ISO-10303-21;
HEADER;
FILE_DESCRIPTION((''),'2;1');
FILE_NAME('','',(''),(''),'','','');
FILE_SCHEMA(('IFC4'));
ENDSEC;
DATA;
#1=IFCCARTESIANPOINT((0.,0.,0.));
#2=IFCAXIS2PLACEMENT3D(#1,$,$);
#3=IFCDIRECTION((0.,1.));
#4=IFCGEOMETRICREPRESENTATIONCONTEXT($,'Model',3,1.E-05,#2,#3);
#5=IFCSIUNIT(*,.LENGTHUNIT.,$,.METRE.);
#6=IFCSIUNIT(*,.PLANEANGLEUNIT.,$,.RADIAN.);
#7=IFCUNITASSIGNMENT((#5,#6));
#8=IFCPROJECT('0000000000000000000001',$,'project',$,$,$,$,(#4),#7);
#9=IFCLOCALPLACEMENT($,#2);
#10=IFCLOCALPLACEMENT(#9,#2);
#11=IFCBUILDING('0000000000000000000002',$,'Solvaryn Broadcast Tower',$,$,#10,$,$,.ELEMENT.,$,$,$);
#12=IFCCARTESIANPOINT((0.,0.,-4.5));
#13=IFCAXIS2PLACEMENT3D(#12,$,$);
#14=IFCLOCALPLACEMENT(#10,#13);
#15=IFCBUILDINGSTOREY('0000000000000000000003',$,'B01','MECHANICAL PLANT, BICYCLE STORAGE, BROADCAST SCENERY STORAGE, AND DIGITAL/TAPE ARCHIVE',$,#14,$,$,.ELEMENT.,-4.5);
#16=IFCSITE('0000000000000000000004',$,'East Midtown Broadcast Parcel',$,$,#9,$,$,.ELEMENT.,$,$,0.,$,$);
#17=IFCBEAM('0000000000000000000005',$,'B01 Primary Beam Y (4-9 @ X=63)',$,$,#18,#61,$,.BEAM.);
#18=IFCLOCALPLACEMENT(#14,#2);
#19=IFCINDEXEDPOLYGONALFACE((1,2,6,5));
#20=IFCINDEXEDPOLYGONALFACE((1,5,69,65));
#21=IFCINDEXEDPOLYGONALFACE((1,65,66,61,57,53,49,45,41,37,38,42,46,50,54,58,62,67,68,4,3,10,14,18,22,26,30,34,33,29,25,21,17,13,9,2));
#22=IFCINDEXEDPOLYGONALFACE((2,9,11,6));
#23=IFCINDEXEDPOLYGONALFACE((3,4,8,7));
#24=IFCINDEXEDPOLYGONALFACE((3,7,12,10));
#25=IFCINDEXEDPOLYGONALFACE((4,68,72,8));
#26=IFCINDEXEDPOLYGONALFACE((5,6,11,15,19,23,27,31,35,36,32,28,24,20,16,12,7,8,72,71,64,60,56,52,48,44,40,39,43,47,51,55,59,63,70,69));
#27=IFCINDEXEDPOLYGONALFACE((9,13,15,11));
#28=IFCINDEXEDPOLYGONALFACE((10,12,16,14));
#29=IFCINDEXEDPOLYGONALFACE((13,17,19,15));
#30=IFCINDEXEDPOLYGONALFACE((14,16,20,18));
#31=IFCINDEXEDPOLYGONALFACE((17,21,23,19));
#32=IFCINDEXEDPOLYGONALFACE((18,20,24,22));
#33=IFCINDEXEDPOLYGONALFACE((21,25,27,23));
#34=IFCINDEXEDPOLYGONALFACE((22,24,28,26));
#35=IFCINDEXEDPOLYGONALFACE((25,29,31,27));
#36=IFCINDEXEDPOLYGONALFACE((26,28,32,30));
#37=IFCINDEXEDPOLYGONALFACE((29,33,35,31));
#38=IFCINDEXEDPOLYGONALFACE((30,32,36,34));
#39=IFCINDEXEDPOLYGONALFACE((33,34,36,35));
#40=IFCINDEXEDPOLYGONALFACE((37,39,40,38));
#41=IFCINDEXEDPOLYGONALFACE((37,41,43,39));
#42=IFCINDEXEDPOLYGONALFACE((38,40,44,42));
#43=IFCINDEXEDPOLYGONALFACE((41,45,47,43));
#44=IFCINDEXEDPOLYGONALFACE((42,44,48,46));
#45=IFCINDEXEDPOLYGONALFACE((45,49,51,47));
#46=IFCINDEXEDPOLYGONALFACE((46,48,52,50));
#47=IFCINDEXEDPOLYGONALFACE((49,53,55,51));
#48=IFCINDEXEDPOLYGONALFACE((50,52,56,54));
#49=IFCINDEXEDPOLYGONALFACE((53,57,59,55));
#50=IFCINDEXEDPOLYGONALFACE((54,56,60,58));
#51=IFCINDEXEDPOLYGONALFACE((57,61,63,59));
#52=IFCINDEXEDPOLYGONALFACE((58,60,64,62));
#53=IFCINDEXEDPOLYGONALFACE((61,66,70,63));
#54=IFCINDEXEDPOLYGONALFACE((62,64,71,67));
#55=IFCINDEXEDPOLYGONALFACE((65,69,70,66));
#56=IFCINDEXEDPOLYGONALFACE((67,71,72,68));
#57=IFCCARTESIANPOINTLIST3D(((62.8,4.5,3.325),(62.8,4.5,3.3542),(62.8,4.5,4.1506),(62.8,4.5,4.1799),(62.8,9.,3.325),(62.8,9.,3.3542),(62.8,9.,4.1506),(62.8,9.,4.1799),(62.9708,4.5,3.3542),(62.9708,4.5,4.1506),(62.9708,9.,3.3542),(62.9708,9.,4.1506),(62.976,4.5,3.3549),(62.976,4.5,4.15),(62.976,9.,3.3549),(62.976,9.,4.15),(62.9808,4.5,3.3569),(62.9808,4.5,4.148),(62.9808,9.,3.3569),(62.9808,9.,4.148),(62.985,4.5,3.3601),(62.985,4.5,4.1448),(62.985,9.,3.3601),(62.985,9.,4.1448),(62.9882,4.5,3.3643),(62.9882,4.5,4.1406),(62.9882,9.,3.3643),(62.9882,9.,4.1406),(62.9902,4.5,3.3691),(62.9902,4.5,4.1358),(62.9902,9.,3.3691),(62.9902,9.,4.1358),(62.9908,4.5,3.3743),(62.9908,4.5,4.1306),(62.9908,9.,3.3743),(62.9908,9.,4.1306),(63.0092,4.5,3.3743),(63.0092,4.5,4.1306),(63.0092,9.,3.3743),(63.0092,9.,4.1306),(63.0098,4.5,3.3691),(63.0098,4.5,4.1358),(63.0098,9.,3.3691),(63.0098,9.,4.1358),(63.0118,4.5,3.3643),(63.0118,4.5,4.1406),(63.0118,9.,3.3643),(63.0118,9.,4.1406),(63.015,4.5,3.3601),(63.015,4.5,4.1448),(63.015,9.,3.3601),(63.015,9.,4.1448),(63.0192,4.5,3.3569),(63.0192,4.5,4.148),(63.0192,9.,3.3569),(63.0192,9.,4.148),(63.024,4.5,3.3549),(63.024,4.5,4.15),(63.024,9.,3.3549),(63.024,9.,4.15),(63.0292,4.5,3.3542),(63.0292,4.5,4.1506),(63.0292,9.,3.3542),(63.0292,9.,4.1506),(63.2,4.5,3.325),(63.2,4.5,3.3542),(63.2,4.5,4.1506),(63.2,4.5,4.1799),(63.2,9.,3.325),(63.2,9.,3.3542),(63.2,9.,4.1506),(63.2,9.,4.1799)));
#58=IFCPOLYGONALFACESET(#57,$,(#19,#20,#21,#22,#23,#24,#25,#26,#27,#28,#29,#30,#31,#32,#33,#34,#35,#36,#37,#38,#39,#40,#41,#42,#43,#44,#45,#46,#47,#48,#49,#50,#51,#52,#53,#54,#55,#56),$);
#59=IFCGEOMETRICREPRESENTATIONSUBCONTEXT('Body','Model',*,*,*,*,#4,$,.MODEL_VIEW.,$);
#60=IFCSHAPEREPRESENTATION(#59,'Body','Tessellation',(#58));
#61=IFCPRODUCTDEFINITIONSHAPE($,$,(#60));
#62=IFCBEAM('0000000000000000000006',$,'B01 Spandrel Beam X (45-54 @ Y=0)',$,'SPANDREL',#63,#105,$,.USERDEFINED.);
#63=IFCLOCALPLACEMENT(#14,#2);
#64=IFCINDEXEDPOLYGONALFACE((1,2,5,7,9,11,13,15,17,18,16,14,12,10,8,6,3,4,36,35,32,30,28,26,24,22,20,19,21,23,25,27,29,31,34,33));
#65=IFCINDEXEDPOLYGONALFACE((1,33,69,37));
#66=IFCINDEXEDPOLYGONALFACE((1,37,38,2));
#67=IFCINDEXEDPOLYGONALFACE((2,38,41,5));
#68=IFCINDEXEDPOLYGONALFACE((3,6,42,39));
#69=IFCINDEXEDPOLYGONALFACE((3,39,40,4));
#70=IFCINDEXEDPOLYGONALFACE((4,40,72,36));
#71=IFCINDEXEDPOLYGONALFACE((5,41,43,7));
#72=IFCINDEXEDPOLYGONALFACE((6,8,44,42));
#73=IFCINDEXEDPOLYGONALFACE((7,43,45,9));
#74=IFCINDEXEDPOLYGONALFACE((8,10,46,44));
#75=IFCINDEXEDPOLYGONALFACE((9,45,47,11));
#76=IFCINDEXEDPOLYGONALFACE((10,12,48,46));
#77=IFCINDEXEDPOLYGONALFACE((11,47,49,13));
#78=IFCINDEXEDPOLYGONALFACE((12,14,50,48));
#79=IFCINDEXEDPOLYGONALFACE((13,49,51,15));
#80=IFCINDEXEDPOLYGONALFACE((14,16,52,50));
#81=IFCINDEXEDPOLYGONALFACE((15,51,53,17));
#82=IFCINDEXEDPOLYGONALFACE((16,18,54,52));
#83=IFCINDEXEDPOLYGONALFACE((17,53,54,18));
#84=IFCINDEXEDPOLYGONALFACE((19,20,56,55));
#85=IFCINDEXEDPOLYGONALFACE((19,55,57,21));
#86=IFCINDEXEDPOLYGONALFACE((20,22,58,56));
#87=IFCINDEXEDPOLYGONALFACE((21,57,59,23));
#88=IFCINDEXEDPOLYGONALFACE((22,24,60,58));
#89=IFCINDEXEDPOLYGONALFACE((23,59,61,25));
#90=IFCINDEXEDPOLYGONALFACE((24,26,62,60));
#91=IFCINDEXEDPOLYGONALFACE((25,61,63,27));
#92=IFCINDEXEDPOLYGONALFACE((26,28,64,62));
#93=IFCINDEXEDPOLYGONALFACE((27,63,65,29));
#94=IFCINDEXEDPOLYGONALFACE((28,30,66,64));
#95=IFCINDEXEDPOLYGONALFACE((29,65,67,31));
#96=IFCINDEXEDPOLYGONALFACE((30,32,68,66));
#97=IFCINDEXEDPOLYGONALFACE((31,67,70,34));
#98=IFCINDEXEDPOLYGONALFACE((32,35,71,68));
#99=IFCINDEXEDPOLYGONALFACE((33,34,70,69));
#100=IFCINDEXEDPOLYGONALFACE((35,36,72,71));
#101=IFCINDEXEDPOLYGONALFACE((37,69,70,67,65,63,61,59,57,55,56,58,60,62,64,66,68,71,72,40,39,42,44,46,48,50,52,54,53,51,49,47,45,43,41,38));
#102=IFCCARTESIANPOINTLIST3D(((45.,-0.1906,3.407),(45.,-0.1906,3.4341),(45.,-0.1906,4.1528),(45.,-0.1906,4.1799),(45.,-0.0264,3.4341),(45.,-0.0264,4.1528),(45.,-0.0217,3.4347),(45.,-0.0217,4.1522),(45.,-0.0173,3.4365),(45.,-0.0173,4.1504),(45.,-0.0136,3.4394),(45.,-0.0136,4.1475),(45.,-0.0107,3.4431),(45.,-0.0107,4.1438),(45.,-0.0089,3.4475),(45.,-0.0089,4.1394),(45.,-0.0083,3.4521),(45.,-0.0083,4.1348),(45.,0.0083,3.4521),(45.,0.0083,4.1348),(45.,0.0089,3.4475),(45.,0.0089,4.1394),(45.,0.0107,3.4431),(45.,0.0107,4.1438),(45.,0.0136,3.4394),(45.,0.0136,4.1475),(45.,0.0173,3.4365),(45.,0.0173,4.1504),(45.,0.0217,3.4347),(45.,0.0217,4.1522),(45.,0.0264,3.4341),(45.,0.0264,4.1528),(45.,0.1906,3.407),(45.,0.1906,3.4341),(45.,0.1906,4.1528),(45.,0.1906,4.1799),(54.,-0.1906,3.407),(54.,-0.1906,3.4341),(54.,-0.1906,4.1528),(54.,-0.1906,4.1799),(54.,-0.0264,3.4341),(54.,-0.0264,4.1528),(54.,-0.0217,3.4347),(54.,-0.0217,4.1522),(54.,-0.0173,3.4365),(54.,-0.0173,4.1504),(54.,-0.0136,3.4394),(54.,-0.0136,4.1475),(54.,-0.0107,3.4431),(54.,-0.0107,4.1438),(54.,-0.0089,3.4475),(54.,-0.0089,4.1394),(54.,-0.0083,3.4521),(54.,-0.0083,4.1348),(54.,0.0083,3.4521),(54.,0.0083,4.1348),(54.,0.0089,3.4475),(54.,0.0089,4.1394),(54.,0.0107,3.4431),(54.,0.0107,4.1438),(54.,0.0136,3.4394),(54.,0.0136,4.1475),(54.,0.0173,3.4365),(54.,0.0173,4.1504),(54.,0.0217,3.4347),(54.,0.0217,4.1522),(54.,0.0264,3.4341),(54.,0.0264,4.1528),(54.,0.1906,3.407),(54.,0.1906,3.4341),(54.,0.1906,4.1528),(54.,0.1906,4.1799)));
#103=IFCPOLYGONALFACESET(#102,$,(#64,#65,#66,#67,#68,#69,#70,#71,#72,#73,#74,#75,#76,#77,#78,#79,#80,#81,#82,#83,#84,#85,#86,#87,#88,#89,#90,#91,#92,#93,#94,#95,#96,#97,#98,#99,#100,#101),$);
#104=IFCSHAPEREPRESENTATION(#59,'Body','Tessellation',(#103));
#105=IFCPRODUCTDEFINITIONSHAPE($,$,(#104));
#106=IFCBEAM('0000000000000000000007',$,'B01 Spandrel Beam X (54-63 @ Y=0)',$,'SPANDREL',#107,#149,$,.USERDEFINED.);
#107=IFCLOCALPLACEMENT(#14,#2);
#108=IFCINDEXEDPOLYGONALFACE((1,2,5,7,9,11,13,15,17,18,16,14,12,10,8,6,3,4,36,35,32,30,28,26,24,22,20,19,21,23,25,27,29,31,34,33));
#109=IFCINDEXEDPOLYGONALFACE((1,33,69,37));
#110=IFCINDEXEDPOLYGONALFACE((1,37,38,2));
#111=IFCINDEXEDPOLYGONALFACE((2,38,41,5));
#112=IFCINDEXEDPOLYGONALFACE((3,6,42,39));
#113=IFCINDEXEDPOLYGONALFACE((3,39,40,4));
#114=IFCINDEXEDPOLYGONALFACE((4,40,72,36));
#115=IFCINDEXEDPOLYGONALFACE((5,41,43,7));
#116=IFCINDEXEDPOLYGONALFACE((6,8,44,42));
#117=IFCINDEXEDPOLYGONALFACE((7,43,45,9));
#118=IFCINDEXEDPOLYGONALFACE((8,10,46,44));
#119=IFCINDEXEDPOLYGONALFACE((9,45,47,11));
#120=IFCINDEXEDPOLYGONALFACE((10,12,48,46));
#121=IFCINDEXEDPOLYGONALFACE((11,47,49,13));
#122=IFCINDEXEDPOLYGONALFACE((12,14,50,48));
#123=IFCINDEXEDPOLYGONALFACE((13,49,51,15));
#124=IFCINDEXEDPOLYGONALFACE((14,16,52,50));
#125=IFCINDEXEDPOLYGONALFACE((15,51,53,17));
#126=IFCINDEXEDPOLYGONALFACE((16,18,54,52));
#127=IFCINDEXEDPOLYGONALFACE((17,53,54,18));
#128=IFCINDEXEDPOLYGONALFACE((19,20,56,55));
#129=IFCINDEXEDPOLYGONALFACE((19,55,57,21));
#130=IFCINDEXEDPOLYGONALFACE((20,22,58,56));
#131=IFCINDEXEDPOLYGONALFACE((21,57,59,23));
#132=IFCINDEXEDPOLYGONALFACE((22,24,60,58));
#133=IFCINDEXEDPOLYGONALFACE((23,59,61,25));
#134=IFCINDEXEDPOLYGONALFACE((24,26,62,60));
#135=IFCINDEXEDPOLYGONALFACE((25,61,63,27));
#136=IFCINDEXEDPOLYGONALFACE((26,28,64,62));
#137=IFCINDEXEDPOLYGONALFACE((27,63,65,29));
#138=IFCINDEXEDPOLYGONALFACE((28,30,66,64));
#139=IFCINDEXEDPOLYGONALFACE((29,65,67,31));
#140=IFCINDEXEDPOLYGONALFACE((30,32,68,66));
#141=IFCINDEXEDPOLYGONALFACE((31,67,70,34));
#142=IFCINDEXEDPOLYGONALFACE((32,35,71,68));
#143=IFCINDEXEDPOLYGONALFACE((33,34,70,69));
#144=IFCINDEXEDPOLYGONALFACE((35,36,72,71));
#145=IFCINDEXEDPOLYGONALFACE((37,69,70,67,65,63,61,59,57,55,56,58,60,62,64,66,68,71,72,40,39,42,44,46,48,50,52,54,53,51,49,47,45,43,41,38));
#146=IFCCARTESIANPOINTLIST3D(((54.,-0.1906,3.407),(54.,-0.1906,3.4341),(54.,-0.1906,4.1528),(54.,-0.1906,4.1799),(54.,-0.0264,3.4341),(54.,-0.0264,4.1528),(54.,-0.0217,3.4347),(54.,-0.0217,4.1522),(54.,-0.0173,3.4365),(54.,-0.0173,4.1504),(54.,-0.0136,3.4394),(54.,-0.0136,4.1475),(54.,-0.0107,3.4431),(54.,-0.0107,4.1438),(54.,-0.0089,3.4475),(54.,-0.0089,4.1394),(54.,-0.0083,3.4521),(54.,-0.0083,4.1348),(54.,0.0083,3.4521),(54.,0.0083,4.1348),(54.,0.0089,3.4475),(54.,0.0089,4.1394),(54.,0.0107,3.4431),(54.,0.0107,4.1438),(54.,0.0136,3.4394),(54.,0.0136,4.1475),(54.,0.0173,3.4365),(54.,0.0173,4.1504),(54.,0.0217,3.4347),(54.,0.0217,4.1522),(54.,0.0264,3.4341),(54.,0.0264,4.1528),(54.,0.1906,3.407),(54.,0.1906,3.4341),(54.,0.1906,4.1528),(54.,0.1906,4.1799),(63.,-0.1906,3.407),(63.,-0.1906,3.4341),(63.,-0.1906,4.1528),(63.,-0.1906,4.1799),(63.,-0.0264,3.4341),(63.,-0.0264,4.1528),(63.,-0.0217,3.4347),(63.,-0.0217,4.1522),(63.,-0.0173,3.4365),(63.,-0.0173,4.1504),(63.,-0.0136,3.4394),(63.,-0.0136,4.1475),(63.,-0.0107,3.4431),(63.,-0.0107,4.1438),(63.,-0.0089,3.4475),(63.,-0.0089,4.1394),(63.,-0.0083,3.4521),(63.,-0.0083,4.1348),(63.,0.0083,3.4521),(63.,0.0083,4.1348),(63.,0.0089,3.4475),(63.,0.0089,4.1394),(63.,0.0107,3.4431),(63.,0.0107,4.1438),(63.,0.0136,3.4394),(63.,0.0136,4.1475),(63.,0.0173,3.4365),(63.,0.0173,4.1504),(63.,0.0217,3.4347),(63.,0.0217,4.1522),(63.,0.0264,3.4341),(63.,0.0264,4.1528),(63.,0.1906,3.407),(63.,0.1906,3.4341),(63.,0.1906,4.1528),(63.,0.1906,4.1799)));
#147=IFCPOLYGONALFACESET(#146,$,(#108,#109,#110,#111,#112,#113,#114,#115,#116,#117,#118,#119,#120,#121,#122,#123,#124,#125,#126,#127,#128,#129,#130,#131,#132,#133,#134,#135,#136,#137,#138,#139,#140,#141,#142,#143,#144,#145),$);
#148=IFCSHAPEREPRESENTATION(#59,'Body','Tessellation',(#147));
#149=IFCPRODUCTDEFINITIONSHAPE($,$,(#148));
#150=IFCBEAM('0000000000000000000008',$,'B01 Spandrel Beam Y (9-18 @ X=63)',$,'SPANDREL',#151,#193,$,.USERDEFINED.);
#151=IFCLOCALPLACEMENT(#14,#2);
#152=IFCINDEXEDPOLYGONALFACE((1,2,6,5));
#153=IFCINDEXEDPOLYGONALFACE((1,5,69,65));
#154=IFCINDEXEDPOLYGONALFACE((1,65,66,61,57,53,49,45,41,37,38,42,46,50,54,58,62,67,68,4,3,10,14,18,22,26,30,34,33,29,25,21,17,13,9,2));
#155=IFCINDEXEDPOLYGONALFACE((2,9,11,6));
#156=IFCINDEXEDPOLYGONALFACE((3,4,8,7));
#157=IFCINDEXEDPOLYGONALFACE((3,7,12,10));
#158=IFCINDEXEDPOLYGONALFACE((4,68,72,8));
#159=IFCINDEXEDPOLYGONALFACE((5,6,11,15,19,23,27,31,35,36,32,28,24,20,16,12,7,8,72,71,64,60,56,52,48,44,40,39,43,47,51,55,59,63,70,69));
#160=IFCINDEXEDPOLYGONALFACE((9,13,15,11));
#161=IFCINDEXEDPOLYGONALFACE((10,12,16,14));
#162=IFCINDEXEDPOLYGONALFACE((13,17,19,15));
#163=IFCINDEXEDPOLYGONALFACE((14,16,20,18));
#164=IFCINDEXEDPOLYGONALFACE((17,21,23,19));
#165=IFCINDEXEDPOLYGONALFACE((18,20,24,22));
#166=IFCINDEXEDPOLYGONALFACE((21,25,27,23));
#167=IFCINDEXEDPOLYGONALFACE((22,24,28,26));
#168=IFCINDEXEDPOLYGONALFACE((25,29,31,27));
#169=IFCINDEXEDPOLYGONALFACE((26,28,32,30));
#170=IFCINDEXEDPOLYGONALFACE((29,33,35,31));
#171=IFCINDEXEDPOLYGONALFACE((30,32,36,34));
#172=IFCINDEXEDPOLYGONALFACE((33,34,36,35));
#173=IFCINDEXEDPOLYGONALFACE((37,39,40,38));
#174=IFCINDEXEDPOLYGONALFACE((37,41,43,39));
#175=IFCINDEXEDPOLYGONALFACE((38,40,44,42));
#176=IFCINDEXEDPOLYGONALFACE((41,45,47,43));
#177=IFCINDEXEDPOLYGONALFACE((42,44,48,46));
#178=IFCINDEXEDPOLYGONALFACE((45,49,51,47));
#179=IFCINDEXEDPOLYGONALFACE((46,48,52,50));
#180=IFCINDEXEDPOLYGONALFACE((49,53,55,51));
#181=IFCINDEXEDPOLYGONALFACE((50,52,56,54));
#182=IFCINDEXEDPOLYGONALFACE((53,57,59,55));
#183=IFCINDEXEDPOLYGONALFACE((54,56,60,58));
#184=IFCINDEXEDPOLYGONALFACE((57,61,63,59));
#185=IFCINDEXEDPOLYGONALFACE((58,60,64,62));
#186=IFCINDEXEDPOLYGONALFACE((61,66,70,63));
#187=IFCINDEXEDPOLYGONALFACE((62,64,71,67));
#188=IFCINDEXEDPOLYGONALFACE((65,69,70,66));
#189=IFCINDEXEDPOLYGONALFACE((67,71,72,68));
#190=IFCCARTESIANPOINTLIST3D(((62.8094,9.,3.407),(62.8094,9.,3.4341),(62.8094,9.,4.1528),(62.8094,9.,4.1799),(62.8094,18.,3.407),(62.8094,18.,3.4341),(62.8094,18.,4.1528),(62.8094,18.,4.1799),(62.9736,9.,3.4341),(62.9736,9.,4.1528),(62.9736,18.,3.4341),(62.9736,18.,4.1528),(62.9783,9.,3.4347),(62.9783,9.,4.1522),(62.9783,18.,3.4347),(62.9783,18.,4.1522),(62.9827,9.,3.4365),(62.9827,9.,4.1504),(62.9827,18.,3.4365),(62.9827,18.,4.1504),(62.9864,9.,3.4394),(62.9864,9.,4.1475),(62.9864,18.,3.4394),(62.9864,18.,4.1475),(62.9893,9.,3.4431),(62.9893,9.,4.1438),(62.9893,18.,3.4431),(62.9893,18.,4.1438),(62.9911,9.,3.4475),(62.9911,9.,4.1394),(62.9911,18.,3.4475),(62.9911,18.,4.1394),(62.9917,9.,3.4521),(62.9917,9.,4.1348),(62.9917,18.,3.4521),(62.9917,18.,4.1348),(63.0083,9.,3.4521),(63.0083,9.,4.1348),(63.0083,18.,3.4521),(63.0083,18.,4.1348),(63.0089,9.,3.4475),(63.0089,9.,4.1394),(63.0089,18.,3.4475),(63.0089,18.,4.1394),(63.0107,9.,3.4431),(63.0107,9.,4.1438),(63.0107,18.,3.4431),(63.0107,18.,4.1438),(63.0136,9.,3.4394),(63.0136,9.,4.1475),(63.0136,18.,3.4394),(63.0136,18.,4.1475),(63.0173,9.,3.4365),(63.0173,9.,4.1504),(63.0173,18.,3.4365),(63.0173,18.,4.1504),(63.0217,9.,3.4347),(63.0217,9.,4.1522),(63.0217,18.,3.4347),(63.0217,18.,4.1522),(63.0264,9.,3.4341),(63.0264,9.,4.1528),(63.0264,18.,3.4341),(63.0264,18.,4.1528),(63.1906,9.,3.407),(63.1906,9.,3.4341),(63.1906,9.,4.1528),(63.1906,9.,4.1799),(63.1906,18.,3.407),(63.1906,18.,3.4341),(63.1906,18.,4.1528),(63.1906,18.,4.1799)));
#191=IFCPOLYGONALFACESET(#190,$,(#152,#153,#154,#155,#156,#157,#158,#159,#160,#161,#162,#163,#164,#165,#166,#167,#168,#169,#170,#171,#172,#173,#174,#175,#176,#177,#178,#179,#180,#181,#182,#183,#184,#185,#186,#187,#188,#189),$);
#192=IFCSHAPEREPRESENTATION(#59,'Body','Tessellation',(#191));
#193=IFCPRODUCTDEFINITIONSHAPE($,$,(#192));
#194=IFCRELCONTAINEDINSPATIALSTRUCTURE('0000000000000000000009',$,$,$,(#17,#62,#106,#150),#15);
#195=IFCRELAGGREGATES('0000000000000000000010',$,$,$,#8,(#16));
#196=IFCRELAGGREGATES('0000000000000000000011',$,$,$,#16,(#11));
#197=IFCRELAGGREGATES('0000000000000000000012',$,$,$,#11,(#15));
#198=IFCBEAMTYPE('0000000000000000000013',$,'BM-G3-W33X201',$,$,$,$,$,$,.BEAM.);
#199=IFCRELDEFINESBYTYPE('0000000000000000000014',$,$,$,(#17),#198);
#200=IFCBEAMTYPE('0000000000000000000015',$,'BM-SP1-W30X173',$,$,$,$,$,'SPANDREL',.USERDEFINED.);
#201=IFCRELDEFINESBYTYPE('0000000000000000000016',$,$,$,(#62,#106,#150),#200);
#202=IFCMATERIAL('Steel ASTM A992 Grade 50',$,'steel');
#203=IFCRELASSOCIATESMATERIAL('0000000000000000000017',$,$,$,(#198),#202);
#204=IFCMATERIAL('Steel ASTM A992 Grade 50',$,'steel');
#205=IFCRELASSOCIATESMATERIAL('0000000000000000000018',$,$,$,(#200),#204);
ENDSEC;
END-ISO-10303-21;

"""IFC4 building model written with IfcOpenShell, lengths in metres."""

from ifc_helpers import new_model, si_unit, direction, frame, origin, origin_2d, place, context, subcontext, project, spatial, i_section, extrude, material, material_profile, profile_set, type_object, element, save


model = new_model("IFC4")

# Units and contexts
model_context = context("Model", 3, precision=1e-05, world=origin(), true_north=direction((0.0, 1.0)))
body_context = subcontext(model_context, "Body", "Model", "MODEL_VIEW")
ifc_project = project(units=[si_unit("LENGTHUNIT", "METRE"), si_unit("PLANEANGLEUNIT", "RADIAN")], contexts=[model_context])

# Site, building, storey
site_placement = place(None, origin())
site = spatial("IfcSite", under=ifc_project, at=site_placement, Name="East Midtown Broadcast Parcel", CompositionType="ELEMENT", RefElevation=0.0)
building_placement = place(site_placement, origin())
building = spatial("IfcBuilding", under=site, at=building_placement, Name="Solvaryn Broadcast Tower", CompositionType="ELEMENT")
storey_placement = place(building_placement, frame((0.0, 0.0, -4.5)))
storey = spatial("IfcBuildingStorey", under=building, at=storey_placement, Name="B01", Description="MECHANICAL PLANT, BICYCLE STORAGE, BROADCAST SCENERY STORAGE, AND DIGITAL/TAPE ARCHIVE", CompositionType="ELEMENT", Elevation=-4.5)

# Beams
ifc_material_1 = material(Name="Steel ASTM A992 Grade 50", Category="steel")
ifc_material_profile_1 = material_profile(ifc_material_1, i_section(OverallWidth=0.3999, OverallDepth=0.855, WebThickness=0.0183, FlangeThickness=0.0293, FilletRadius=0.02, at=origin_2d()))
ifc_profile_set_1 = profile_set([ifc_material_profile_1], Name="Steel ASTM A992 Grade 50")
beam_type_1 = type_object("IfcBeamType", Name="BM-G3-W33X201", PredefinedType="BEAM", material=ifc_profile_set_1)
for number, where, z_axis, x_axis, name in (
    (1, (63.0, 4.5, 3.7524), (0.0, 1.0, 0.0), (-1.0, 0.0, 0.0), "B01 Primary Beam Y (4-9 @ X=63)"),
):
    element("IfcBeam", number, at=place(storey_placement, frame(where, z_axis=z_axis, x_axis=x_axis)), inside=storey, type_object=beam_type_1, Name=name, PredefinedType="BEAM", context=body_context, shape_type="SweptSolid", body=[
        extrude(i_section(OverallWidth=0.3999, OverallDepth=0.855, WebThickness=0.0183, FlangeThickness=0.0293, FilletRadius=0.02, at=origin_2d()), origin(), (0.0, 0.0, 1.0), 4.5),
    ])
ifc_material_2 = material(Name="Steel ASTM A992 Grade 50", Category="steel")
ifc_material_profile_2 = material_profile(ifc_material_2, i_section(OverallWidth=0.3811, OverallDepth=0.7729, WebThickness=0.0166, FlangeThickness=0.0271, FilletRadius=0.0181, at=origin_2d()))
ifc_profile_set_2 = profile_set([ifc_material_profile_2], Name="Steel ASTM A992 Grade 50")
beam_type_2 = type_object("IfcBeamType", Name="BM-SP1-W30X173", ElementType="SPANDREL", PredefinedType="USERDEFINED", material=ifc_profile_set_2)
for number, where, z_axis, x_axis, name in (
    (2, (45.0, 0.0, 3.7935), (1.0, 0.0, 0.0), (0.0, 1.0, 0.0), "B01 Spandrel Beam X (45-54 @ Y=0)"),
    (3, (54.0, 0.0, 3.7935), (1.0, 0.0, 0.0), (0.0, 1.0, 0.0), "B01 Spandrel Beam X (54-63 @ Y=0)"),
    (4, (63.0, 9.0, 3.7935), (0.0, 1.0, 0.0), (-1.0, 0.0, 0.0), "B01 Spandrel Beam Y (9-18 @ X=63)"),
):
    element("IfcBeam", number, at=place(storey_placement, frame(where, z_axis=z_axis, x_axis=x_axis)), inside=storey, type_object=beam_type_2, Name=name, ObjectType="SPANDREL", PredefinedType="USERDEFINED", context=body_context, shape_type="SweptSolid", body=[
        extrude(i_section(OverallWidth=0.3811, OverallDepth=0.7729, WebThickness=0.0166, FlangeThickness=0.0271, FilletRadius=0.0181, at=origin_2d()), origin(), (0.0, 0.0, 1.0), 9.0),
    ])

save(model, "model.ifc")
